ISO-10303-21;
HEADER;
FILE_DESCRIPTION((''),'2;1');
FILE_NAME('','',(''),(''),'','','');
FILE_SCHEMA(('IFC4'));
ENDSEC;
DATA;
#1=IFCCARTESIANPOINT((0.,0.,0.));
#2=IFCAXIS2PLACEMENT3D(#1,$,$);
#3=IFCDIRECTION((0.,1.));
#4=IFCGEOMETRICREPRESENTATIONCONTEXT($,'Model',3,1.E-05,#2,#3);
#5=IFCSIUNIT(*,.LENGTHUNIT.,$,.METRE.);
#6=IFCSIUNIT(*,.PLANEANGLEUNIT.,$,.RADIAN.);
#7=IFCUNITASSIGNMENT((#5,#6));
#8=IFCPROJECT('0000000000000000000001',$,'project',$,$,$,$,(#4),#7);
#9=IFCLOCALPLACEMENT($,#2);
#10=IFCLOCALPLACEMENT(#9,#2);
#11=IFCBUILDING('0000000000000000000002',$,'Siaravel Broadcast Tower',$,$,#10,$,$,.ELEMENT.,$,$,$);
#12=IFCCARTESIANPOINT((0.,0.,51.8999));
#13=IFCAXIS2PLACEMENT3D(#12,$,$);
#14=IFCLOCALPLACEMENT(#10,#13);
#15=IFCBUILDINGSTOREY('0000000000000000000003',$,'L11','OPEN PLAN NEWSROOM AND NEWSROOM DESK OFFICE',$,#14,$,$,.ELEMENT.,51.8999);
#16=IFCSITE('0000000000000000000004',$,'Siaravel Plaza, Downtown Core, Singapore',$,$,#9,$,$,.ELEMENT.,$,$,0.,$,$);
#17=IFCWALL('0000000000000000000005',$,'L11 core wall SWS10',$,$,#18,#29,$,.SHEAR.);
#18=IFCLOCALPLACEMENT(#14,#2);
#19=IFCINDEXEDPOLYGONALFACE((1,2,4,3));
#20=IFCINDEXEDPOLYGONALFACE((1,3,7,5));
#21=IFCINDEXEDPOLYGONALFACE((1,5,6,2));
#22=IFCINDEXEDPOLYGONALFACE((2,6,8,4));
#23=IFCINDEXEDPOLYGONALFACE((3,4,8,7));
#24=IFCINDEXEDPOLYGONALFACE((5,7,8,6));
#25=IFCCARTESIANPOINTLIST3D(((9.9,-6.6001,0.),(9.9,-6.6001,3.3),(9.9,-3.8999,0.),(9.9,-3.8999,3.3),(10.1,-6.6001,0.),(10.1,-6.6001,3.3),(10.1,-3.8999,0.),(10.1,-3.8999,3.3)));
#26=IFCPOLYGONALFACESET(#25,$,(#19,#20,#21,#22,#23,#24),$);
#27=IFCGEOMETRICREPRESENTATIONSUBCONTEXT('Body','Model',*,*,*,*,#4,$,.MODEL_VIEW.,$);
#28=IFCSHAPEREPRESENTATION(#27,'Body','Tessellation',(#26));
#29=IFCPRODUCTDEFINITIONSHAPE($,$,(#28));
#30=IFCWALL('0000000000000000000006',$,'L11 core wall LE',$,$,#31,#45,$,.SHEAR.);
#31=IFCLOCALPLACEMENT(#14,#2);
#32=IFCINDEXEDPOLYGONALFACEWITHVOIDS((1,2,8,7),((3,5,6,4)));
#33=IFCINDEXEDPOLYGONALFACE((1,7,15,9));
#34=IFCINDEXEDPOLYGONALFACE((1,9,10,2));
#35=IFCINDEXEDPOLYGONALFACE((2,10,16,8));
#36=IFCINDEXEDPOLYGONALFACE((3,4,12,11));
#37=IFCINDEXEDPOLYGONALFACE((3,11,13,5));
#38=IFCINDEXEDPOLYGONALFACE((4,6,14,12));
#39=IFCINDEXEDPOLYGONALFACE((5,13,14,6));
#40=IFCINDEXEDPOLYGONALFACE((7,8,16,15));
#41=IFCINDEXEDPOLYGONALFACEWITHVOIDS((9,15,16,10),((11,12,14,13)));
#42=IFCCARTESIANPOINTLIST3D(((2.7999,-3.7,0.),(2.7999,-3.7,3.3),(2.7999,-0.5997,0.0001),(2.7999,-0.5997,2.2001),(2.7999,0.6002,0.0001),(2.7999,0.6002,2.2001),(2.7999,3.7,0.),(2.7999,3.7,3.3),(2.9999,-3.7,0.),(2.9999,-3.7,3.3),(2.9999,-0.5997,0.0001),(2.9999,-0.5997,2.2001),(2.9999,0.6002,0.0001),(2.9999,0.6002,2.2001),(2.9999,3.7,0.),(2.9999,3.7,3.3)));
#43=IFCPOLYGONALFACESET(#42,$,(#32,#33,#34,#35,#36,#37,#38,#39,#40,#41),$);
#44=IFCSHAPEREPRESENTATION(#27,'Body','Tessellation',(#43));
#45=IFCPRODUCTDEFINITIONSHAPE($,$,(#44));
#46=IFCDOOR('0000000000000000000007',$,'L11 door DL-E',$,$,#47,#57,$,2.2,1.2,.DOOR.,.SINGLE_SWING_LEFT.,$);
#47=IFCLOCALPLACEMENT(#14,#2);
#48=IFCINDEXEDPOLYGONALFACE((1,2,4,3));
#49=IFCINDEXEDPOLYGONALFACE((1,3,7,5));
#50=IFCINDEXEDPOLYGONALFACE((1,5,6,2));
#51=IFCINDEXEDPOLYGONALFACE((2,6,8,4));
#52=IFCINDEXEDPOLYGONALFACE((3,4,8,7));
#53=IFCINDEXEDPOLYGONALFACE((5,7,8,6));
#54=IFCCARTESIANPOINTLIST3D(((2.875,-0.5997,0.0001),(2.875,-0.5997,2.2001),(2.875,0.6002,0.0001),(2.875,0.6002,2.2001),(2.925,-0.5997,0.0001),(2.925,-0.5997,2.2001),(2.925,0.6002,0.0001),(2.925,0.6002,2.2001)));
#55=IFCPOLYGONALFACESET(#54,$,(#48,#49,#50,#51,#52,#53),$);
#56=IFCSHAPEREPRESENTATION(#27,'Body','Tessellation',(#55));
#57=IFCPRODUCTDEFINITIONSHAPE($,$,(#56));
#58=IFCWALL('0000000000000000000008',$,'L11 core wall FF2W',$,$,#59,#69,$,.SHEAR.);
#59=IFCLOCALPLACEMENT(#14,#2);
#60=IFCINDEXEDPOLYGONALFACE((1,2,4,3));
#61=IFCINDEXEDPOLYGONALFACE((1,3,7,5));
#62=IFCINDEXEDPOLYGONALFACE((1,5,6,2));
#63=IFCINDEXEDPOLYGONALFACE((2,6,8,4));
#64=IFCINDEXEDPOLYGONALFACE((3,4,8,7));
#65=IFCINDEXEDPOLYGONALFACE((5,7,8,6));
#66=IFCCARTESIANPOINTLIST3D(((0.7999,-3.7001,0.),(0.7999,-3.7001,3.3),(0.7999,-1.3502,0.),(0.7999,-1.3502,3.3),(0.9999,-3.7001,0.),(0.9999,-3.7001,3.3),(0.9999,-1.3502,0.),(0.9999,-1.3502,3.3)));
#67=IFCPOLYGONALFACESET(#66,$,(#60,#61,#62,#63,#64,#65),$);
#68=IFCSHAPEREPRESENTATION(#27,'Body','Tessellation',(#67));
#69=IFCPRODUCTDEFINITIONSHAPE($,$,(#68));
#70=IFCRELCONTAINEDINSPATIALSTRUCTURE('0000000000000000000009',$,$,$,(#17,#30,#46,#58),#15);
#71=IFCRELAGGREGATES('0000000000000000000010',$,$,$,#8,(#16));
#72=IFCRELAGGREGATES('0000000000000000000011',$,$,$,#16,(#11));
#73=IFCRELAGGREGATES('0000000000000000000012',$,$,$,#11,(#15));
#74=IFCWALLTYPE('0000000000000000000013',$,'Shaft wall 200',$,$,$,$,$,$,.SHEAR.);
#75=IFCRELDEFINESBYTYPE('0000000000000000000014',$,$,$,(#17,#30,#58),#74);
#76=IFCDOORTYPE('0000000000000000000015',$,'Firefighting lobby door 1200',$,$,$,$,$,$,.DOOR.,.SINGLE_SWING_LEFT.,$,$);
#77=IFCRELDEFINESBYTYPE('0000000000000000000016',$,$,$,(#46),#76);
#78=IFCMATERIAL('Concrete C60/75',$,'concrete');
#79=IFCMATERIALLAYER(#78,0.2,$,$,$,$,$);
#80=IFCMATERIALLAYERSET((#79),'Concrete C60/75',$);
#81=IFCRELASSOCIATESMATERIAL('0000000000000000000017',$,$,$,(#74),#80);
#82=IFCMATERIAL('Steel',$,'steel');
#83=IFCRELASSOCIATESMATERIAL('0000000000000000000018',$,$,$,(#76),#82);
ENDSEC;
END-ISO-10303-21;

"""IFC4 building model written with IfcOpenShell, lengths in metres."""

from ifc_helpers import new_model, si_unit, direction, frame, frame_2d, origin, place, context, subcontext, project, spatial, rectangle, extrude, material, layer, layer_set, type_object, element, fill, save


model = new_model("IFC4")

# Units and contexts
model_context = context("Model", 3, precision=1e-05, world=origin(), true_north=direction((0.0, 1.0)))
body_context = subcontext(model_context, "Body", "Model", "MODEL_VIEW")
ifc_project = project(units=[si_unit("LENGTHUNIT", "METRE"), si_unit("PLANEANGLEUNIT", "RADIAN")], contexts=[model_context])

# Site, building, storey
site_placement = place(None, origin())
site = spatial("IfcSite", under=ifc_project, at=site_placement, Name="Siaravel Plaza, Downtown Core, Singapore", CompositionType="ELEMENT", RefElevation=0.0)
building_placement = place(site_placement, origin())
building = spatial("IfcBuilding", under=site, at=building_placement, Name="Siaravel Broadcast Tower", CompositionType="ELEMENT")
storey_placement = place(building_placement, frame((0.0, 0.0, 51.8999)))
storey = spatial("IfcBuildingStorey", under=building, at=storey_placement, Name="L11", Description="OPEN PLAN NEWSROOM AND NEWSROOM DESK OFFICE", CompositionType="ELEMENT", Elevation=51.8999)

# Shared definitions
ifc_material_1 = material(Name="Concrete C60/75", Category="concrete")
ifc_material_2 = material(Name="Steel", Category="steel")

# Wall
ifc_layer_1 = layer(ifc_material_1, 0.2)
ifc_layer_set_1 = layer_set([ifc_layer_1], Name="Concrete C60/75")
wall_type_1 = type_object("IfcWallType", Name="Shaft wall 200", PredefinedType="SHEAR", material=ifc_layer_set_1)
for number, where, z_axis, x_axis, name in (
    (1, (10.0, -6.6001, 0.0), (0.0, 0.0, 1.0), (0.0, 1.0, 0.0), "L11 core wall SWS10"),
):
    element("IfcWall", number, at=place(storey_placement, frame(where, z_axis=z_axis, x_axis=x_axis)), inside=storey, type_object=wall_type_1, Name=name, PredefinedType="SHEAR", context=body_context, shape_type="SweptSolid", body=[
        extrude(rectangle(XDim=2.7002, YDim=0.2, at=frame_2d((1.3501, 0.0))), origin(), (0.0, 0.0, 1.0), 3.3),
    ])

# Wall, opening, door
wall_1_placement = place(storey_placement, frame((2.8999, -3.7, 0.0), z_axis=(0.0, 0.0, 1.0), x_axis=(0.0, 1.0, 0.0)))
wall_1 = element("IfcWall", 2, at=wall_1_placement, inside=storey, type_object=wall_type_1, Name="L11 core wall LE", PredefinedType="SHEAR", context=body_context, shape_type="SweptSolid", body=[
    extrude(rectangle(XDim=7.3999, YDim=0.2, at=frame_2d((3.7, 0.0))), origin(), (0.0, 0.0, 1.0), 3.3),
])
opening_1_placement = place(wall_1_placement, frame((3.1001, 0.0, 0.0)))
opening_1 = element("IfcOpeningElement", 3, at=opening_1_placement, cuts=wall_1, PredefinedType="OPENING", context=body_context, shape_type="SweptSolid", body=[
    extrude(rectangle(XDim=1.2, YDim=2.2, at=frame_2d((0.6001, 1.1001))), frame((0.0, 0.1099, 0.0), z_axis=(0.0, -1.0, 0.0), x_axis=(1.0, 0.0, 0.0)), (0.0, 0.0, 1.0), 0.22),
])
door_type_1 = type_object("IfcDoorType", Name="Firefighting lobby door 1200", OperationType="SINGLE_SWING_LEFT", PredefinedType="DOOR", material=ifc_material_2)
door_1_placement = place(opening_1_placement, origin())
door_1 = element("IfcDoor", 4, at=door_1_placement, inside=storey, type_object=door_type_1, Name="L11 door DL-E", OperationType="SINGLE_SWING_LEFT", OverallHeight=2.2, OverallWidth=1.2, PredefinedType="DOOR", context=body_context, shape_type="SweptSolid", body=[
    extrude(rectangle(XDim=1.2, YDim=2.2, at=frame_2d((0.6001, 1.1001))), frame((0.0, 0.0249, 0.0), z_axis=(0.0, -1.0, 0.0), x_axis=(1.0, 0.0, 0.0)), (0.0, 0.0, 1.0), 0.05),
])
fill(opening_1, door_1)

# Wall
wall_2_placement = place(storey_placement, frame((0.8999, -3.7, 0.0), z_axis=(0.0, 0.0, 1.0), x_axis=(0.0, 1.0, 0.0)))
element("IfcWall", 5, at=wall_2_placement, inside=storey, type_object=wall_type_1, Name="L11 core wall FF2W", PredefinedType="SHEAR", context=body_context, shape_type="SweptSolid", body=[
    extrude(rectangle(XDim=2.3499, YDim=0.2, at=frame_2d((1.1748, 0.0))), origin(), (0.0, 0.0, 1.0), 3.3),
])

save(model, "model.ifc")
